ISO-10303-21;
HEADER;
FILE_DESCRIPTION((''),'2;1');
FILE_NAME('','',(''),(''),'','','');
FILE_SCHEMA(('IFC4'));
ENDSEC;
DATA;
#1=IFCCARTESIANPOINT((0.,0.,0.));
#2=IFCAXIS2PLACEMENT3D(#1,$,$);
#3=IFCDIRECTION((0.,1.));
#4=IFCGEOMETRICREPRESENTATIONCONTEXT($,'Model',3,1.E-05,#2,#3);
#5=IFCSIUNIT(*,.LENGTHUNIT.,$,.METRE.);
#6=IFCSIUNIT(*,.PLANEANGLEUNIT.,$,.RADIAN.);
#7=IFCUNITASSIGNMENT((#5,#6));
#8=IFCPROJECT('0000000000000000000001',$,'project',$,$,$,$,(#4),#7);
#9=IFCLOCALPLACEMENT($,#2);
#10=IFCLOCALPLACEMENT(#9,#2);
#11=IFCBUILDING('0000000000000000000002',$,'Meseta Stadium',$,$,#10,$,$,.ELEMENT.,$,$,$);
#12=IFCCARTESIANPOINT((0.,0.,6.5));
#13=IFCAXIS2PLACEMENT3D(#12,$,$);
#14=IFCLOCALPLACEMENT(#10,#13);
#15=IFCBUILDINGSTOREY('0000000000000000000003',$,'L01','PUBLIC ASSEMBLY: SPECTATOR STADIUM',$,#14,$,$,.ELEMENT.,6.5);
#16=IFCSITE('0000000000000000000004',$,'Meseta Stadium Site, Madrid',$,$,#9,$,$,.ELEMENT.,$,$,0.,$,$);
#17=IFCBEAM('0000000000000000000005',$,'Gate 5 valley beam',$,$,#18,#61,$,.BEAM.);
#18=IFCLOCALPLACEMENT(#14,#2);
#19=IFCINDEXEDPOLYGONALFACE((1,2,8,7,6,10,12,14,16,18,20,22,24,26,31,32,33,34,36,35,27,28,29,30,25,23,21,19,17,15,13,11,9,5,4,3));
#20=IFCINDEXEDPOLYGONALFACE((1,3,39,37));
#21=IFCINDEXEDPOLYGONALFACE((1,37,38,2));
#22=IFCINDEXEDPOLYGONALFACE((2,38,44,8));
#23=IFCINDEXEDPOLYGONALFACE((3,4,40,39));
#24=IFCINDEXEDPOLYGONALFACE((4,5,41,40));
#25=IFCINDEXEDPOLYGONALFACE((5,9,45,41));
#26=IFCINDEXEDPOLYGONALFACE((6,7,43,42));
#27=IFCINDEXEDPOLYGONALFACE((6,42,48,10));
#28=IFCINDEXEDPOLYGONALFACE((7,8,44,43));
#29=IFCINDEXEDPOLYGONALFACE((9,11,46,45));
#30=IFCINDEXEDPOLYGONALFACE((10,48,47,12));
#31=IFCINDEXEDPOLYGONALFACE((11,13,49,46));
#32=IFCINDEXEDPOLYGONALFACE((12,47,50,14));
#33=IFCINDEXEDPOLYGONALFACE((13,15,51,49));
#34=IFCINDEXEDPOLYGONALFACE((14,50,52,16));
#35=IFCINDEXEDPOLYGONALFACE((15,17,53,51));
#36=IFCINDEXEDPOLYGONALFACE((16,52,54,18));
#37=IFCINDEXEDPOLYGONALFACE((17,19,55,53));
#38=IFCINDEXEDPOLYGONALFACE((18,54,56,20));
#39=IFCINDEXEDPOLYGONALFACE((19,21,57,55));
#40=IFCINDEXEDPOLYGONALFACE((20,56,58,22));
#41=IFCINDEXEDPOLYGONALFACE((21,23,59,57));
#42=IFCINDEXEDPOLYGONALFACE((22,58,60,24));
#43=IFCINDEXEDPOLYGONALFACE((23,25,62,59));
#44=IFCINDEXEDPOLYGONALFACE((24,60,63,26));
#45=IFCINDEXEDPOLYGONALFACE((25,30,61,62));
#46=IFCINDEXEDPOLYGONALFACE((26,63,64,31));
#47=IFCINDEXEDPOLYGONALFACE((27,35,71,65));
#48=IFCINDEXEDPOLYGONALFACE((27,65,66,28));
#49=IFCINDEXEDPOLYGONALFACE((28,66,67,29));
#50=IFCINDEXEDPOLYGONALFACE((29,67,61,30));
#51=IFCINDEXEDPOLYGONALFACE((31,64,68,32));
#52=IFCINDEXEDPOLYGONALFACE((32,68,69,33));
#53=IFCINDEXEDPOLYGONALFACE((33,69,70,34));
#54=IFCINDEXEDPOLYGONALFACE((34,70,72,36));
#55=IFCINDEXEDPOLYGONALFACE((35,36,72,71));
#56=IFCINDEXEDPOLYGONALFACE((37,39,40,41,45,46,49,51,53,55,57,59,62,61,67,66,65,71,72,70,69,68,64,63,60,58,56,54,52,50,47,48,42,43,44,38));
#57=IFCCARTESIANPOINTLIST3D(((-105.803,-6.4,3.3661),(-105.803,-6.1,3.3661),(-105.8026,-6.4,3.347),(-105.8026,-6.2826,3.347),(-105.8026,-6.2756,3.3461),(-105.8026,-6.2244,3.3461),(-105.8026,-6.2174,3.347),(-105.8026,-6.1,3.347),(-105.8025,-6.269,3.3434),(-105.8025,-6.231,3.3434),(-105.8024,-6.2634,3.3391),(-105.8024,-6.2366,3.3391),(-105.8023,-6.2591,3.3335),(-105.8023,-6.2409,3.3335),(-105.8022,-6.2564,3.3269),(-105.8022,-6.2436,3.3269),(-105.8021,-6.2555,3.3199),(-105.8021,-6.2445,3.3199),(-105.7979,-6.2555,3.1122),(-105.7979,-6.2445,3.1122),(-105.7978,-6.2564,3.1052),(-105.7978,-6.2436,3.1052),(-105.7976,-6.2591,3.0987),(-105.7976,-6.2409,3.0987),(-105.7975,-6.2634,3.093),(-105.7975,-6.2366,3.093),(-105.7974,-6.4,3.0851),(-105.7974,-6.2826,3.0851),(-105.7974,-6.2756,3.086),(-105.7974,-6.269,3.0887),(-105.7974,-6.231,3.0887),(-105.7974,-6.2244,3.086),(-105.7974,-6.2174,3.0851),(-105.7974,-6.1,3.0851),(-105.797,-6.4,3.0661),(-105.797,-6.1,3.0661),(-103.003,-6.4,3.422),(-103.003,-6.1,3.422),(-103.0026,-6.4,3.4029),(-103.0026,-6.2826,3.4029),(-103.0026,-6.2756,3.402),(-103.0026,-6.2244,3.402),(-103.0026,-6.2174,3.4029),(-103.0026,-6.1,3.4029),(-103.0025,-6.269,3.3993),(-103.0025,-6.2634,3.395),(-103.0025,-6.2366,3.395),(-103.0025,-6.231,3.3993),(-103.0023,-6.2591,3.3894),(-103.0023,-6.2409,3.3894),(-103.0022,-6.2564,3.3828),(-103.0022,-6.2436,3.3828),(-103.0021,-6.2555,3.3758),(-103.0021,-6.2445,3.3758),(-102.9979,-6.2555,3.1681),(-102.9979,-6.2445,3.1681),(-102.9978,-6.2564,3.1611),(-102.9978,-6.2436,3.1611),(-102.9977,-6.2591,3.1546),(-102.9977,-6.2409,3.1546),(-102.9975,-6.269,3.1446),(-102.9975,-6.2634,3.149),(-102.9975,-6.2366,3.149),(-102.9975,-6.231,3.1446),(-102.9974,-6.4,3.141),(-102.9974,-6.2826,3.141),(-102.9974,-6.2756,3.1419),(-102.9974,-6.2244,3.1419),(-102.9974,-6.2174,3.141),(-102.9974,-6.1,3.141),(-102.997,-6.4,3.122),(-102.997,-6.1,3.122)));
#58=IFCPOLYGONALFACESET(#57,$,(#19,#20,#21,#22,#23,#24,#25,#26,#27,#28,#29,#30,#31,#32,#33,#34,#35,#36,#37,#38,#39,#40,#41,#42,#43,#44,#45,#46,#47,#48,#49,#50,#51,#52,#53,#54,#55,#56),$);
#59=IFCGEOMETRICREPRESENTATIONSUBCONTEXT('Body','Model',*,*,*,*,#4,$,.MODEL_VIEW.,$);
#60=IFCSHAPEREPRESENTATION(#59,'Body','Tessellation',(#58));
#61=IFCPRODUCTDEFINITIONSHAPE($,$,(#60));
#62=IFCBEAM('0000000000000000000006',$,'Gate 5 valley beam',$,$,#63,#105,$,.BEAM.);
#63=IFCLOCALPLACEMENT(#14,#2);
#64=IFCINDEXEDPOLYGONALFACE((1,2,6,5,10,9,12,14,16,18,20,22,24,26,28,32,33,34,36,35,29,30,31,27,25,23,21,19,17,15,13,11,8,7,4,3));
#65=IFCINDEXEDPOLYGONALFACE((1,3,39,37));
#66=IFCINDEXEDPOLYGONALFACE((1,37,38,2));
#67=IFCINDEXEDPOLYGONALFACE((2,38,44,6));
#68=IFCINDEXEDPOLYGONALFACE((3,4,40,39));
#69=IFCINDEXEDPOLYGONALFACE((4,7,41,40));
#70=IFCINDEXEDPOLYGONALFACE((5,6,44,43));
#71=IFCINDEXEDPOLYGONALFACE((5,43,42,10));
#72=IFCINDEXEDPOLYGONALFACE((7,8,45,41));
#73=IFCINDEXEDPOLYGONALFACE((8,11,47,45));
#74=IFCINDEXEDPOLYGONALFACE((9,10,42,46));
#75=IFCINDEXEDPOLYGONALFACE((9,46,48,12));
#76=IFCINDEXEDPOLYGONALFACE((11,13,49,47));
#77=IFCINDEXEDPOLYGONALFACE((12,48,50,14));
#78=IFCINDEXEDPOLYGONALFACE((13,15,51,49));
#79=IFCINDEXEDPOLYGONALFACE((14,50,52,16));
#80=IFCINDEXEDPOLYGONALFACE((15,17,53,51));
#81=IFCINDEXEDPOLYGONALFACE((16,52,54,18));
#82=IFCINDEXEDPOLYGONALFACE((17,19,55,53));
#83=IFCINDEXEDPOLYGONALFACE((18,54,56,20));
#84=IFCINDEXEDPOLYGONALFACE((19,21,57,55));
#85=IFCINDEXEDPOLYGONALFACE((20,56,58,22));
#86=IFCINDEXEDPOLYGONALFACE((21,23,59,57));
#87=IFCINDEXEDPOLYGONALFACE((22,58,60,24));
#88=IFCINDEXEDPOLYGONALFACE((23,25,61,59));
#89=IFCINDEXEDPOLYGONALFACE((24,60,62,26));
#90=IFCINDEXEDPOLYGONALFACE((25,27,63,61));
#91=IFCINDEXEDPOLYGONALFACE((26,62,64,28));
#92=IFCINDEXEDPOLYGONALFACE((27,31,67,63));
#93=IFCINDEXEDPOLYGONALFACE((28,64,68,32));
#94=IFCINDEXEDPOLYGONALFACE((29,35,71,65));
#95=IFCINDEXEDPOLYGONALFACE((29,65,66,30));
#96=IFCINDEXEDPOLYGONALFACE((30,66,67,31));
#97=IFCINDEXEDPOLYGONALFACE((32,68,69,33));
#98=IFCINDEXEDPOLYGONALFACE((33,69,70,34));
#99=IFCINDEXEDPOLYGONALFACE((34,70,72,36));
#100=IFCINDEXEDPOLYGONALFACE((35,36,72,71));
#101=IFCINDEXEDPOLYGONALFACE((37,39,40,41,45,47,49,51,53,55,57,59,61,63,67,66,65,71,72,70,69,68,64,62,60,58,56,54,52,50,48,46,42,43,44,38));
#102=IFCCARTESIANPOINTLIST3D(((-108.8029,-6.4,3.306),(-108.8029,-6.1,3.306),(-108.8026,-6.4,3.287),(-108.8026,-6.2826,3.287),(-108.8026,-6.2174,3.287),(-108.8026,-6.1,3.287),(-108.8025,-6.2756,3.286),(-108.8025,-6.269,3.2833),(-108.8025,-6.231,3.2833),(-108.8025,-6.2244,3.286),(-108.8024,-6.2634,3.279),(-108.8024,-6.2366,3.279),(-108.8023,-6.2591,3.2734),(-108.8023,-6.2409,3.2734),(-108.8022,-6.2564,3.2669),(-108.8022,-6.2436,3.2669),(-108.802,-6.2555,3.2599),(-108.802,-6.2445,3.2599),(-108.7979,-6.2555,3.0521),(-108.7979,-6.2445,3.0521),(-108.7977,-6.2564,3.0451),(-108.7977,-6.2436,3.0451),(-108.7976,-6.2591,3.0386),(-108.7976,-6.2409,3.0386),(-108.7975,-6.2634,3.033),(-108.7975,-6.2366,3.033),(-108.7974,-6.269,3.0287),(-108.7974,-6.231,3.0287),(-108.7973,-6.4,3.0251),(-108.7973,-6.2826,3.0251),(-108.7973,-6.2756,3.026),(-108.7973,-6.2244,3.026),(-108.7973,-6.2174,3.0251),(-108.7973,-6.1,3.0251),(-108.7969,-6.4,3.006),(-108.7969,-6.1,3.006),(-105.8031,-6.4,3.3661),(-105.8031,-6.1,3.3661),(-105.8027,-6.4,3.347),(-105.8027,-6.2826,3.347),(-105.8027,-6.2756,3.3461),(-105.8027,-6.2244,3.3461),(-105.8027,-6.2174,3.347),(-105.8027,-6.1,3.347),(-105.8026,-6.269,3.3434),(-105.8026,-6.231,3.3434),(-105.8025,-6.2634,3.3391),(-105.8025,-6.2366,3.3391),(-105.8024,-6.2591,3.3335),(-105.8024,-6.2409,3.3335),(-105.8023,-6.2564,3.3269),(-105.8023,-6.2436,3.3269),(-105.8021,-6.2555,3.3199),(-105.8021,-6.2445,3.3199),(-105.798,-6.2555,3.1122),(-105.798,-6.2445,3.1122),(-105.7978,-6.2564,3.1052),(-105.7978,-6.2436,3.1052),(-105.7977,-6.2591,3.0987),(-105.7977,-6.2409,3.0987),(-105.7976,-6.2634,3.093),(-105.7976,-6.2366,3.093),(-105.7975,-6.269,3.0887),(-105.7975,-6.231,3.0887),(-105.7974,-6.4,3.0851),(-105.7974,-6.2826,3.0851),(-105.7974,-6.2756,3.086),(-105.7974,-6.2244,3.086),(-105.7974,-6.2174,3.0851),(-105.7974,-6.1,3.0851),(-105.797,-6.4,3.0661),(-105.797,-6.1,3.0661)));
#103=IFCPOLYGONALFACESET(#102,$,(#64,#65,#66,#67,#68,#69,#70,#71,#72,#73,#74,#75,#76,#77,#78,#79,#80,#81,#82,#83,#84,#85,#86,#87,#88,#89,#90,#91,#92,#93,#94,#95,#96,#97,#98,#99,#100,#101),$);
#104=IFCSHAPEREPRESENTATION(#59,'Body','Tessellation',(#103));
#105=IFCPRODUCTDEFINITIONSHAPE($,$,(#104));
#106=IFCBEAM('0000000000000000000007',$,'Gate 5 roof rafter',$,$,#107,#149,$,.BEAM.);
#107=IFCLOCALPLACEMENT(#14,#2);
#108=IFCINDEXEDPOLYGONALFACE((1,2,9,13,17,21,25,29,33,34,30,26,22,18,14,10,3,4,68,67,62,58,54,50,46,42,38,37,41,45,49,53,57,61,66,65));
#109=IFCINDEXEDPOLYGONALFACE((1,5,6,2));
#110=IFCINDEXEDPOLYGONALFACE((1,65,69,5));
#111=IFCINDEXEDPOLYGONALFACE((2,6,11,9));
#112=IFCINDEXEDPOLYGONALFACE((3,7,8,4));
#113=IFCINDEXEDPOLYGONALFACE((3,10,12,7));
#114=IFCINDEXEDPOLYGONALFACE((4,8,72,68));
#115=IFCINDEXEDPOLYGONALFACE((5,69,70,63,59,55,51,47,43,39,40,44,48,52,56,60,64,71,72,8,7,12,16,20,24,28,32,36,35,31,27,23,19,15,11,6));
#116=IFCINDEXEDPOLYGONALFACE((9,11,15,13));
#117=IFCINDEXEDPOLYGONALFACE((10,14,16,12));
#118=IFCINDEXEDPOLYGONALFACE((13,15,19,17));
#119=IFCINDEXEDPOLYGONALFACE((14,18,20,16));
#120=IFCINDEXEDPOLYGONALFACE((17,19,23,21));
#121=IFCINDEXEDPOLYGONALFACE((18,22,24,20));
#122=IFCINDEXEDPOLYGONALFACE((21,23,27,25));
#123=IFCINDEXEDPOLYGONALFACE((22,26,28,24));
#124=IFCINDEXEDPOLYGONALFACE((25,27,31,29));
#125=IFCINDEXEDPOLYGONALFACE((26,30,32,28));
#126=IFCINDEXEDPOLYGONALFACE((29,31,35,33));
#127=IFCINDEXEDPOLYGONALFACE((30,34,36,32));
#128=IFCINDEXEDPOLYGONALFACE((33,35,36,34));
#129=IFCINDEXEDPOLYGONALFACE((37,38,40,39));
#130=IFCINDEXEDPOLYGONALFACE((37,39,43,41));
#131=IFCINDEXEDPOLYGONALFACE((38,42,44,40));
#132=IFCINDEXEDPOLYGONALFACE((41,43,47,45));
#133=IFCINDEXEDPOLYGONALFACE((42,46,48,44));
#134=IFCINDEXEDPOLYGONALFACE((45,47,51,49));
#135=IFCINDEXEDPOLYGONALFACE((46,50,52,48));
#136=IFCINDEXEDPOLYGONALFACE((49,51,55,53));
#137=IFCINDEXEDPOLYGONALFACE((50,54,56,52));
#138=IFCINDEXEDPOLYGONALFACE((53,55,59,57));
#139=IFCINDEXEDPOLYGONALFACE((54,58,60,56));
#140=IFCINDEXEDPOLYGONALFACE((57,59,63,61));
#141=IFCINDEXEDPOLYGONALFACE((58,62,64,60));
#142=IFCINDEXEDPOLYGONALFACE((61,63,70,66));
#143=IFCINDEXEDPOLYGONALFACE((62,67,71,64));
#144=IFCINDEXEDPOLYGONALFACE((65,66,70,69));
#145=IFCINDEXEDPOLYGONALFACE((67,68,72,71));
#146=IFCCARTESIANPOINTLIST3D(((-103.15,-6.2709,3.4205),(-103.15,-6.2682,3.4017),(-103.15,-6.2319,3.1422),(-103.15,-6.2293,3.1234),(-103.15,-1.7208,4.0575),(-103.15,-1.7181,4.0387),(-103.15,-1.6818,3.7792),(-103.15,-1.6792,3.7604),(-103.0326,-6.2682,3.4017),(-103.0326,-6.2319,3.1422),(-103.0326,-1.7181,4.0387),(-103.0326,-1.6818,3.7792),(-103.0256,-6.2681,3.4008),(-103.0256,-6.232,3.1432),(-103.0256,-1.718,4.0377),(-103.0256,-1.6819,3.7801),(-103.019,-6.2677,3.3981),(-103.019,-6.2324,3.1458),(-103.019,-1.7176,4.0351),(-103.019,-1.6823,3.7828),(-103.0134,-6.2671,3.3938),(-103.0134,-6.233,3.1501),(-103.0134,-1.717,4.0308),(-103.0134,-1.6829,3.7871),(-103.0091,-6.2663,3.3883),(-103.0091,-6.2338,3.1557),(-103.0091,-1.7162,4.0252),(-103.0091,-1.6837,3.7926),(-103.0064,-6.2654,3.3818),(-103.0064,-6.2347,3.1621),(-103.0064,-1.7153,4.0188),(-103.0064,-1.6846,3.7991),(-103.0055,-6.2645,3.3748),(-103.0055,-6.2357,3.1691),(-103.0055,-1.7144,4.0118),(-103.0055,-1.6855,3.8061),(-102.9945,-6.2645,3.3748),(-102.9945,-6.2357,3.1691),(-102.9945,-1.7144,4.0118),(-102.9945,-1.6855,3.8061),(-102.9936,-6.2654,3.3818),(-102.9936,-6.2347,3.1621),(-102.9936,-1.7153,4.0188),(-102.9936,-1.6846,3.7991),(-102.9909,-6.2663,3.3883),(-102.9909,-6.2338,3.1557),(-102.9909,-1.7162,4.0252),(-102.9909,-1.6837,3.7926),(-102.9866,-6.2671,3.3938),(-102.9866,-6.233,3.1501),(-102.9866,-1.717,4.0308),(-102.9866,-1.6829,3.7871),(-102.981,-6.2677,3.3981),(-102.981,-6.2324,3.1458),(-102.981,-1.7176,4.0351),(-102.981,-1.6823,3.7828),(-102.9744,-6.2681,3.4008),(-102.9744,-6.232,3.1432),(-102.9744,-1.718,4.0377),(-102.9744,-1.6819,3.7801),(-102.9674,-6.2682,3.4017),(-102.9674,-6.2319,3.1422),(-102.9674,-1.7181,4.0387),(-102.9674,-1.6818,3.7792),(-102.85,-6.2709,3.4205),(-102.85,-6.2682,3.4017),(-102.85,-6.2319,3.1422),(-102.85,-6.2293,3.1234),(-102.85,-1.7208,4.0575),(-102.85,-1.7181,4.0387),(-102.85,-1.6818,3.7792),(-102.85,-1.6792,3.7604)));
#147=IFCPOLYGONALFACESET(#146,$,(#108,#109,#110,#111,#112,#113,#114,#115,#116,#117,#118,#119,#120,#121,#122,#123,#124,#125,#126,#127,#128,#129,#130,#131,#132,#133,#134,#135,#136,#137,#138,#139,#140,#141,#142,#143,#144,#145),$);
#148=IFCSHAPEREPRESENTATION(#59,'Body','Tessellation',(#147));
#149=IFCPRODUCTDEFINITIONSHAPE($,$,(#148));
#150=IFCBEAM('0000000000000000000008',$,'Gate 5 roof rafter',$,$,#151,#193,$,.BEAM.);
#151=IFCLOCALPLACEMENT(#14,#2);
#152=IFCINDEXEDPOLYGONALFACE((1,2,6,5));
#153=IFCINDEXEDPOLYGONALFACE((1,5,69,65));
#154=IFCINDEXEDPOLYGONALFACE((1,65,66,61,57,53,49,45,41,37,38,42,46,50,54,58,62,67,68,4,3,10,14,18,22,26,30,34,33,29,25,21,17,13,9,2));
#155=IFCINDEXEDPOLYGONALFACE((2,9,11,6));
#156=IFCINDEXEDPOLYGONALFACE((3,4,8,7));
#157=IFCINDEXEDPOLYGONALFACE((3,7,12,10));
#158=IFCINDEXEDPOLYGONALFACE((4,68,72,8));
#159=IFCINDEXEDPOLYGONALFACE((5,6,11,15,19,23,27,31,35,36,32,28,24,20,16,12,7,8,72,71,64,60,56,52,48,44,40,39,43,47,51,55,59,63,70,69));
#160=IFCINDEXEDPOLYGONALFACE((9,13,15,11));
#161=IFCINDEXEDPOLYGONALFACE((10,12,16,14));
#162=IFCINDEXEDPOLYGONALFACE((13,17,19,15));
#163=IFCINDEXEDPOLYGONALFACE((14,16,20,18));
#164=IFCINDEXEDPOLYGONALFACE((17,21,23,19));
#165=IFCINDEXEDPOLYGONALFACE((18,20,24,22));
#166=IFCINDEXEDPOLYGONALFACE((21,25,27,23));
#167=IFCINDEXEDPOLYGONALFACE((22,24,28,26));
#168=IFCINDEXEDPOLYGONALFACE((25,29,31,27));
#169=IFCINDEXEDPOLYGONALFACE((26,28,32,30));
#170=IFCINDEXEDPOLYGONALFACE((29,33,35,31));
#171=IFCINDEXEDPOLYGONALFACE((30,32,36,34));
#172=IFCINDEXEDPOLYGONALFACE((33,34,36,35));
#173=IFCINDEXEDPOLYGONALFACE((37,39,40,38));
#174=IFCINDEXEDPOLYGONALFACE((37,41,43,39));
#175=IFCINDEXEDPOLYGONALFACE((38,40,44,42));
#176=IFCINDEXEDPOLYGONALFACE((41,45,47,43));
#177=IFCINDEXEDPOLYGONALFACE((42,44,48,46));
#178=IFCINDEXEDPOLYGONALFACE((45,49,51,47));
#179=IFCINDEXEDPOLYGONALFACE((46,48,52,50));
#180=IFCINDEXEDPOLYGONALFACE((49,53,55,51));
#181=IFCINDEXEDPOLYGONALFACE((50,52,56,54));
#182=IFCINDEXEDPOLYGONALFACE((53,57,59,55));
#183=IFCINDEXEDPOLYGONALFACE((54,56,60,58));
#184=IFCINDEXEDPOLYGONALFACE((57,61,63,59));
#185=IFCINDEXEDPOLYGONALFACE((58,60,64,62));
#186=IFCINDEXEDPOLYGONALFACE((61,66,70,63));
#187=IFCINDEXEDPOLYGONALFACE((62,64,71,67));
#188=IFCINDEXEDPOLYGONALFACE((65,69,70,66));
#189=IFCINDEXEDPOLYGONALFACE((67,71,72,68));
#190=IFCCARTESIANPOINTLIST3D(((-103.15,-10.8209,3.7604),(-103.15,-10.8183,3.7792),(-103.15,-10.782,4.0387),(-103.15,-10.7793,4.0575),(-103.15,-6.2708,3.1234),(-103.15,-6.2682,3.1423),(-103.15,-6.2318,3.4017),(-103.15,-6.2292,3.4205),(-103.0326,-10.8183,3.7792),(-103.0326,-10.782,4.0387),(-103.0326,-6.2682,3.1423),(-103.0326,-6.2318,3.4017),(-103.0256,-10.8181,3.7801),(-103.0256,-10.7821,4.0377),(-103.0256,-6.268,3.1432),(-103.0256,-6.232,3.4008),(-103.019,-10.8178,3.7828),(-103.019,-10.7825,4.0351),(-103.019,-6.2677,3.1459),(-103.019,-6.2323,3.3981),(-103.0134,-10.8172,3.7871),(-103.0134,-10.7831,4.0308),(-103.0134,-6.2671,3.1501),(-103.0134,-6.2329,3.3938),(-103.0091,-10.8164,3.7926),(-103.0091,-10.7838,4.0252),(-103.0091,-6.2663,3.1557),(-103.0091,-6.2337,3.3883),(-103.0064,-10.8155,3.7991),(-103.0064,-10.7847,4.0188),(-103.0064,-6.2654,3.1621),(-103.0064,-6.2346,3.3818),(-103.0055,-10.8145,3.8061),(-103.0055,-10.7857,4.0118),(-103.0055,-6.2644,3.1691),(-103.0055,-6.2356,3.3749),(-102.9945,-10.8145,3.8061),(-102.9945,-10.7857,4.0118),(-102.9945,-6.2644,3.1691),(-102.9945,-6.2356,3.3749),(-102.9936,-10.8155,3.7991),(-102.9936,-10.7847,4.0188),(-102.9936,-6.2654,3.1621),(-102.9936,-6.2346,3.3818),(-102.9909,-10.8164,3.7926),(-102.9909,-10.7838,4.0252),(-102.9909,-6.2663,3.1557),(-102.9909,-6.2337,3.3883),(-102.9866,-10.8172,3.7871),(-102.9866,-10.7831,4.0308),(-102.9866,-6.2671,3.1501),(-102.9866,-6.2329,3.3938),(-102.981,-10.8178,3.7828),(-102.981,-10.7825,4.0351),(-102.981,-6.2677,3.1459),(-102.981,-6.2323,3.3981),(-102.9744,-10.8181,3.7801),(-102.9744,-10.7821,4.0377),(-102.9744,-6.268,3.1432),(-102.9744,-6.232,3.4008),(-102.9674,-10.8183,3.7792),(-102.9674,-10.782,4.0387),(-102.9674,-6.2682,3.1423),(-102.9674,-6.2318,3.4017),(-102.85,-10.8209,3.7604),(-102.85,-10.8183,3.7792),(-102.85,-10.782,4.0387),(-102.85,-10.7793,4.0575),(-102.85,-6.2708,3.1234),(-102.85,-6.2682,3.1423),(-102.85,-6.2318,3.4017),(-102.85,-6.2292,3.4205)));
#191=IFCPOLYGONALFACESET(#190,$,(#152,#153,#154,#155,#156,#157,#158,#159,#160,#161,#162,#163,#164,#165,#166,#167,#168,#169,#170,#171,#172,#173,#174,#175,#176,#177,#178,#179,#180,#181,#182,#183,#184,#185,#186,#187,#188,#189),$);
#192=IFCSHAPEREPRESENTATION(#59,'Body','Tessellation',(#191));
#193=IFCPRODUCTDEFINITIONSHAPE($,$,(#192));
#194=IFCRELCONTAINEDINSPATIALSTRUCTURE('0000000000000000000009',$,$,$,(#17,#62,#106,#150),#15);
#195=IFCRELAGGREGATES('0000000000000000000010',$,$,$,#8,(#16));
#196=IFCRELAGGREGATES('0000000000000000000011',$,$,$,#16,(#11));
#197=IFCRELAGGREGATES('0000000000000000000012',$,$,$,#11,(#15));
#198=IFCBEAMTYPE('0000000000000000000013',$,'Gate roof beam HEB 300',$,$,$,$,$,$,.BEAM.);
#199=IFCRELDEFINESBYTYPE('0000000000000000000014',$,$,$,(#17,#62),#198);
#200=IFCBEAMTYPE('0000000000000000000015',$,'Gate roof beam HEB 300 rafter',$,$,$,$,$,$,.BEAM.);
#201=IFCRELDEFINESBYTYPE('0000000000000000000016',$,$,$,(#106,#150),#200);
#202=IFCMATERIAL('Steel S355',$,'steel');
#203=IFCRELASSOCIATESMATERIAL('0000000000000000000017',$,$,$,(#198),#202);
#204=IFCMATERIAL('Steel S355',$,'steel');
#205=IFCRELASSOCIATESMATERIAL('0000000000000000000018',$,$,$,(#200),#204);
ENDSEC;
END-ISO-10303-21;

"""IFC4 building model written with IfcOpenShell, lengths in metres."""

from ifc_helpers import new_model, si_unit, direction, frame, origin, origin_2d, place, context, subcontext, project, spatial, i_section, extrude, material, material_profile, profile_set, type_object, element, save


model = new_model("IFC4")

# Units and contexts
model_context = context("Model", 3, precision=1e-05, world=origin(), true_north=direction((0.0, 1.0)))
body_context = subcontext(model_context, "Body", "Model", "MODEL_VIEW")
ifc_project = project(units=[si_unit("LENGTHUNIT", "METRE"), si_unit("PLANEANGLEUNIT", "RADIAN")], contexts=[model_context])

# Site, building, storey
site_placement = place(None, origin())
site = spatial("IfcSite", under=ifc_project, at=site_placement, Name="Meseta Stadium Site, Madrid", CompositionType="ELEMENT", RefElevation=0.0)
building_placement = place(site_placement, origin())
building = spatial("IfcBuilding", under=site, at=building_placement, Name="Meseta Stadium", CompositionType="ELEMENT")
storey_placement = place(building_placement, frame((0.0, 0.0, 6.5)))
storey = spatial("IfcBuildingStorey", under=building, at=storey_placement, Name="L01", Description="PUBLIC ASSEMBLY: SPECTATOR STADIUM", CompositionType="ELEMENT", Elevation=6.5)

# Beams
ifc_material_1 = material(Name="Steel S355", Category="steel")
ifc_material_profile_1 = material_profile(ifc_material_1, i_section(OverallWidth=0.3, OverallDepth=0.3, WebThickness=0.011, FlangeThickness=0.019, FilletRadius=0.0271, at=origin_2d()), Name="HEB 300")
ifc_profile_set_1 = profile_set([ifc_material_profile_1], Name="Steel S355")
beam_type_1 = type_object("IfcBeamType", Name="Gate roof beam HEB 300", PredefinedType="BEAM", material=ifc_profile_set_1)
beam_1_placement = place(storey_placement, frame((-103.0, -6.25, 3.272), z_axis=(-0.999801, 0.0, -0.019963), x_axis=(0.0, -1.0, 0.0)))
element("IfcBeam", 1, at=beam_1_placement, inside=storey, type_object=beam_type_1, Name="Gate 5 valley beam", PredefinedType="BEAM", context=body_context, shape_type="SweptSolid", body=[
    extrude(i_section(OverallWidth=0.3, OverallDepth=0.3, WebThickness=0.011, FlangeThickness=0.019, FilletRadius=0.0271, at=origin_2d()), origin(), (0.0, 0.0, 1.0), 2.8005),
])
beam_2_placement = place(storey_placement, frame((-105.8, -6.25, 3.2161), z_axis=(-0.9998, 0.0, -0.020016), x_axis=(0.0, -1.0, 0.0)))
element("IfcBeam", 2, at=beam_2_placement, inside=storey, type_object=beam_type_1, Name="Gate 5 valley beam", PredefinedType="BEAM", context=body_context, shape_type="SweptSolid", body=[
    extrude(i_section(OverallWidth=0.3, OverallDepth=0.3, WebThickness=0.011, FlangeThickness=0.019, FilletRadius=0.0271, at=origin_2d()), origin(), (0.0, 0.0, 1.0), 3.0005),
])
ifc_material_2 = material(Name="Steel S355", Category="steel")
ifc_material_profile_2 = material_profile(ifc_material_2, i_section(OverallWidth=0.3, OverallDepth=0.3, WebThickness=0.011, FlangeThickness=0.019, FilletRadius=0.0271, at=origin_2d()), Name="HEB 300")
ifc_profile_set_2 = profile_set([ifc_material_profile_2], Name="Steel S355")
beam_type_2 = type_object("IfcBeamType", Name="Gate roof beam HEB 300 rafter", PredefinedType="BEAM", material=ifc_profile_set_2)
for number, where, z_axis, x_axis, name in (
    (3, (-103.0, -1.7, 3.9089), (0.0, -0.990343, -0.138638), (1.0, 0.0, 0.0), "Gate 5 roof rafter"),
    (4, (-103.0, -6.25, 3.272), (0.0, -0.990343, 0.138638), (1.0, 0.0, 0.0), "Gate 5 roof rafter"),
):
    element("IfcBeam", number, at=place(storey_placement, frame(where, z_axis=z_axis, x_axis=x_axis)), inside=storey, type_object=beam_type_2, Name=name, PredefinedType="BEAM", context=body_context, shape_type="SweptSolid", body=[
        extrude(i_section(OverallWidth=0.3, OverallDepth=0.3, WebThickness=0.011, FlangeThickness=0.019, FilletRadius=0.0271, at=origin_2d()), origin(), (0.0, 0.0, 1.0), 4.5945),
    ])

save(model, "model.ifc")
